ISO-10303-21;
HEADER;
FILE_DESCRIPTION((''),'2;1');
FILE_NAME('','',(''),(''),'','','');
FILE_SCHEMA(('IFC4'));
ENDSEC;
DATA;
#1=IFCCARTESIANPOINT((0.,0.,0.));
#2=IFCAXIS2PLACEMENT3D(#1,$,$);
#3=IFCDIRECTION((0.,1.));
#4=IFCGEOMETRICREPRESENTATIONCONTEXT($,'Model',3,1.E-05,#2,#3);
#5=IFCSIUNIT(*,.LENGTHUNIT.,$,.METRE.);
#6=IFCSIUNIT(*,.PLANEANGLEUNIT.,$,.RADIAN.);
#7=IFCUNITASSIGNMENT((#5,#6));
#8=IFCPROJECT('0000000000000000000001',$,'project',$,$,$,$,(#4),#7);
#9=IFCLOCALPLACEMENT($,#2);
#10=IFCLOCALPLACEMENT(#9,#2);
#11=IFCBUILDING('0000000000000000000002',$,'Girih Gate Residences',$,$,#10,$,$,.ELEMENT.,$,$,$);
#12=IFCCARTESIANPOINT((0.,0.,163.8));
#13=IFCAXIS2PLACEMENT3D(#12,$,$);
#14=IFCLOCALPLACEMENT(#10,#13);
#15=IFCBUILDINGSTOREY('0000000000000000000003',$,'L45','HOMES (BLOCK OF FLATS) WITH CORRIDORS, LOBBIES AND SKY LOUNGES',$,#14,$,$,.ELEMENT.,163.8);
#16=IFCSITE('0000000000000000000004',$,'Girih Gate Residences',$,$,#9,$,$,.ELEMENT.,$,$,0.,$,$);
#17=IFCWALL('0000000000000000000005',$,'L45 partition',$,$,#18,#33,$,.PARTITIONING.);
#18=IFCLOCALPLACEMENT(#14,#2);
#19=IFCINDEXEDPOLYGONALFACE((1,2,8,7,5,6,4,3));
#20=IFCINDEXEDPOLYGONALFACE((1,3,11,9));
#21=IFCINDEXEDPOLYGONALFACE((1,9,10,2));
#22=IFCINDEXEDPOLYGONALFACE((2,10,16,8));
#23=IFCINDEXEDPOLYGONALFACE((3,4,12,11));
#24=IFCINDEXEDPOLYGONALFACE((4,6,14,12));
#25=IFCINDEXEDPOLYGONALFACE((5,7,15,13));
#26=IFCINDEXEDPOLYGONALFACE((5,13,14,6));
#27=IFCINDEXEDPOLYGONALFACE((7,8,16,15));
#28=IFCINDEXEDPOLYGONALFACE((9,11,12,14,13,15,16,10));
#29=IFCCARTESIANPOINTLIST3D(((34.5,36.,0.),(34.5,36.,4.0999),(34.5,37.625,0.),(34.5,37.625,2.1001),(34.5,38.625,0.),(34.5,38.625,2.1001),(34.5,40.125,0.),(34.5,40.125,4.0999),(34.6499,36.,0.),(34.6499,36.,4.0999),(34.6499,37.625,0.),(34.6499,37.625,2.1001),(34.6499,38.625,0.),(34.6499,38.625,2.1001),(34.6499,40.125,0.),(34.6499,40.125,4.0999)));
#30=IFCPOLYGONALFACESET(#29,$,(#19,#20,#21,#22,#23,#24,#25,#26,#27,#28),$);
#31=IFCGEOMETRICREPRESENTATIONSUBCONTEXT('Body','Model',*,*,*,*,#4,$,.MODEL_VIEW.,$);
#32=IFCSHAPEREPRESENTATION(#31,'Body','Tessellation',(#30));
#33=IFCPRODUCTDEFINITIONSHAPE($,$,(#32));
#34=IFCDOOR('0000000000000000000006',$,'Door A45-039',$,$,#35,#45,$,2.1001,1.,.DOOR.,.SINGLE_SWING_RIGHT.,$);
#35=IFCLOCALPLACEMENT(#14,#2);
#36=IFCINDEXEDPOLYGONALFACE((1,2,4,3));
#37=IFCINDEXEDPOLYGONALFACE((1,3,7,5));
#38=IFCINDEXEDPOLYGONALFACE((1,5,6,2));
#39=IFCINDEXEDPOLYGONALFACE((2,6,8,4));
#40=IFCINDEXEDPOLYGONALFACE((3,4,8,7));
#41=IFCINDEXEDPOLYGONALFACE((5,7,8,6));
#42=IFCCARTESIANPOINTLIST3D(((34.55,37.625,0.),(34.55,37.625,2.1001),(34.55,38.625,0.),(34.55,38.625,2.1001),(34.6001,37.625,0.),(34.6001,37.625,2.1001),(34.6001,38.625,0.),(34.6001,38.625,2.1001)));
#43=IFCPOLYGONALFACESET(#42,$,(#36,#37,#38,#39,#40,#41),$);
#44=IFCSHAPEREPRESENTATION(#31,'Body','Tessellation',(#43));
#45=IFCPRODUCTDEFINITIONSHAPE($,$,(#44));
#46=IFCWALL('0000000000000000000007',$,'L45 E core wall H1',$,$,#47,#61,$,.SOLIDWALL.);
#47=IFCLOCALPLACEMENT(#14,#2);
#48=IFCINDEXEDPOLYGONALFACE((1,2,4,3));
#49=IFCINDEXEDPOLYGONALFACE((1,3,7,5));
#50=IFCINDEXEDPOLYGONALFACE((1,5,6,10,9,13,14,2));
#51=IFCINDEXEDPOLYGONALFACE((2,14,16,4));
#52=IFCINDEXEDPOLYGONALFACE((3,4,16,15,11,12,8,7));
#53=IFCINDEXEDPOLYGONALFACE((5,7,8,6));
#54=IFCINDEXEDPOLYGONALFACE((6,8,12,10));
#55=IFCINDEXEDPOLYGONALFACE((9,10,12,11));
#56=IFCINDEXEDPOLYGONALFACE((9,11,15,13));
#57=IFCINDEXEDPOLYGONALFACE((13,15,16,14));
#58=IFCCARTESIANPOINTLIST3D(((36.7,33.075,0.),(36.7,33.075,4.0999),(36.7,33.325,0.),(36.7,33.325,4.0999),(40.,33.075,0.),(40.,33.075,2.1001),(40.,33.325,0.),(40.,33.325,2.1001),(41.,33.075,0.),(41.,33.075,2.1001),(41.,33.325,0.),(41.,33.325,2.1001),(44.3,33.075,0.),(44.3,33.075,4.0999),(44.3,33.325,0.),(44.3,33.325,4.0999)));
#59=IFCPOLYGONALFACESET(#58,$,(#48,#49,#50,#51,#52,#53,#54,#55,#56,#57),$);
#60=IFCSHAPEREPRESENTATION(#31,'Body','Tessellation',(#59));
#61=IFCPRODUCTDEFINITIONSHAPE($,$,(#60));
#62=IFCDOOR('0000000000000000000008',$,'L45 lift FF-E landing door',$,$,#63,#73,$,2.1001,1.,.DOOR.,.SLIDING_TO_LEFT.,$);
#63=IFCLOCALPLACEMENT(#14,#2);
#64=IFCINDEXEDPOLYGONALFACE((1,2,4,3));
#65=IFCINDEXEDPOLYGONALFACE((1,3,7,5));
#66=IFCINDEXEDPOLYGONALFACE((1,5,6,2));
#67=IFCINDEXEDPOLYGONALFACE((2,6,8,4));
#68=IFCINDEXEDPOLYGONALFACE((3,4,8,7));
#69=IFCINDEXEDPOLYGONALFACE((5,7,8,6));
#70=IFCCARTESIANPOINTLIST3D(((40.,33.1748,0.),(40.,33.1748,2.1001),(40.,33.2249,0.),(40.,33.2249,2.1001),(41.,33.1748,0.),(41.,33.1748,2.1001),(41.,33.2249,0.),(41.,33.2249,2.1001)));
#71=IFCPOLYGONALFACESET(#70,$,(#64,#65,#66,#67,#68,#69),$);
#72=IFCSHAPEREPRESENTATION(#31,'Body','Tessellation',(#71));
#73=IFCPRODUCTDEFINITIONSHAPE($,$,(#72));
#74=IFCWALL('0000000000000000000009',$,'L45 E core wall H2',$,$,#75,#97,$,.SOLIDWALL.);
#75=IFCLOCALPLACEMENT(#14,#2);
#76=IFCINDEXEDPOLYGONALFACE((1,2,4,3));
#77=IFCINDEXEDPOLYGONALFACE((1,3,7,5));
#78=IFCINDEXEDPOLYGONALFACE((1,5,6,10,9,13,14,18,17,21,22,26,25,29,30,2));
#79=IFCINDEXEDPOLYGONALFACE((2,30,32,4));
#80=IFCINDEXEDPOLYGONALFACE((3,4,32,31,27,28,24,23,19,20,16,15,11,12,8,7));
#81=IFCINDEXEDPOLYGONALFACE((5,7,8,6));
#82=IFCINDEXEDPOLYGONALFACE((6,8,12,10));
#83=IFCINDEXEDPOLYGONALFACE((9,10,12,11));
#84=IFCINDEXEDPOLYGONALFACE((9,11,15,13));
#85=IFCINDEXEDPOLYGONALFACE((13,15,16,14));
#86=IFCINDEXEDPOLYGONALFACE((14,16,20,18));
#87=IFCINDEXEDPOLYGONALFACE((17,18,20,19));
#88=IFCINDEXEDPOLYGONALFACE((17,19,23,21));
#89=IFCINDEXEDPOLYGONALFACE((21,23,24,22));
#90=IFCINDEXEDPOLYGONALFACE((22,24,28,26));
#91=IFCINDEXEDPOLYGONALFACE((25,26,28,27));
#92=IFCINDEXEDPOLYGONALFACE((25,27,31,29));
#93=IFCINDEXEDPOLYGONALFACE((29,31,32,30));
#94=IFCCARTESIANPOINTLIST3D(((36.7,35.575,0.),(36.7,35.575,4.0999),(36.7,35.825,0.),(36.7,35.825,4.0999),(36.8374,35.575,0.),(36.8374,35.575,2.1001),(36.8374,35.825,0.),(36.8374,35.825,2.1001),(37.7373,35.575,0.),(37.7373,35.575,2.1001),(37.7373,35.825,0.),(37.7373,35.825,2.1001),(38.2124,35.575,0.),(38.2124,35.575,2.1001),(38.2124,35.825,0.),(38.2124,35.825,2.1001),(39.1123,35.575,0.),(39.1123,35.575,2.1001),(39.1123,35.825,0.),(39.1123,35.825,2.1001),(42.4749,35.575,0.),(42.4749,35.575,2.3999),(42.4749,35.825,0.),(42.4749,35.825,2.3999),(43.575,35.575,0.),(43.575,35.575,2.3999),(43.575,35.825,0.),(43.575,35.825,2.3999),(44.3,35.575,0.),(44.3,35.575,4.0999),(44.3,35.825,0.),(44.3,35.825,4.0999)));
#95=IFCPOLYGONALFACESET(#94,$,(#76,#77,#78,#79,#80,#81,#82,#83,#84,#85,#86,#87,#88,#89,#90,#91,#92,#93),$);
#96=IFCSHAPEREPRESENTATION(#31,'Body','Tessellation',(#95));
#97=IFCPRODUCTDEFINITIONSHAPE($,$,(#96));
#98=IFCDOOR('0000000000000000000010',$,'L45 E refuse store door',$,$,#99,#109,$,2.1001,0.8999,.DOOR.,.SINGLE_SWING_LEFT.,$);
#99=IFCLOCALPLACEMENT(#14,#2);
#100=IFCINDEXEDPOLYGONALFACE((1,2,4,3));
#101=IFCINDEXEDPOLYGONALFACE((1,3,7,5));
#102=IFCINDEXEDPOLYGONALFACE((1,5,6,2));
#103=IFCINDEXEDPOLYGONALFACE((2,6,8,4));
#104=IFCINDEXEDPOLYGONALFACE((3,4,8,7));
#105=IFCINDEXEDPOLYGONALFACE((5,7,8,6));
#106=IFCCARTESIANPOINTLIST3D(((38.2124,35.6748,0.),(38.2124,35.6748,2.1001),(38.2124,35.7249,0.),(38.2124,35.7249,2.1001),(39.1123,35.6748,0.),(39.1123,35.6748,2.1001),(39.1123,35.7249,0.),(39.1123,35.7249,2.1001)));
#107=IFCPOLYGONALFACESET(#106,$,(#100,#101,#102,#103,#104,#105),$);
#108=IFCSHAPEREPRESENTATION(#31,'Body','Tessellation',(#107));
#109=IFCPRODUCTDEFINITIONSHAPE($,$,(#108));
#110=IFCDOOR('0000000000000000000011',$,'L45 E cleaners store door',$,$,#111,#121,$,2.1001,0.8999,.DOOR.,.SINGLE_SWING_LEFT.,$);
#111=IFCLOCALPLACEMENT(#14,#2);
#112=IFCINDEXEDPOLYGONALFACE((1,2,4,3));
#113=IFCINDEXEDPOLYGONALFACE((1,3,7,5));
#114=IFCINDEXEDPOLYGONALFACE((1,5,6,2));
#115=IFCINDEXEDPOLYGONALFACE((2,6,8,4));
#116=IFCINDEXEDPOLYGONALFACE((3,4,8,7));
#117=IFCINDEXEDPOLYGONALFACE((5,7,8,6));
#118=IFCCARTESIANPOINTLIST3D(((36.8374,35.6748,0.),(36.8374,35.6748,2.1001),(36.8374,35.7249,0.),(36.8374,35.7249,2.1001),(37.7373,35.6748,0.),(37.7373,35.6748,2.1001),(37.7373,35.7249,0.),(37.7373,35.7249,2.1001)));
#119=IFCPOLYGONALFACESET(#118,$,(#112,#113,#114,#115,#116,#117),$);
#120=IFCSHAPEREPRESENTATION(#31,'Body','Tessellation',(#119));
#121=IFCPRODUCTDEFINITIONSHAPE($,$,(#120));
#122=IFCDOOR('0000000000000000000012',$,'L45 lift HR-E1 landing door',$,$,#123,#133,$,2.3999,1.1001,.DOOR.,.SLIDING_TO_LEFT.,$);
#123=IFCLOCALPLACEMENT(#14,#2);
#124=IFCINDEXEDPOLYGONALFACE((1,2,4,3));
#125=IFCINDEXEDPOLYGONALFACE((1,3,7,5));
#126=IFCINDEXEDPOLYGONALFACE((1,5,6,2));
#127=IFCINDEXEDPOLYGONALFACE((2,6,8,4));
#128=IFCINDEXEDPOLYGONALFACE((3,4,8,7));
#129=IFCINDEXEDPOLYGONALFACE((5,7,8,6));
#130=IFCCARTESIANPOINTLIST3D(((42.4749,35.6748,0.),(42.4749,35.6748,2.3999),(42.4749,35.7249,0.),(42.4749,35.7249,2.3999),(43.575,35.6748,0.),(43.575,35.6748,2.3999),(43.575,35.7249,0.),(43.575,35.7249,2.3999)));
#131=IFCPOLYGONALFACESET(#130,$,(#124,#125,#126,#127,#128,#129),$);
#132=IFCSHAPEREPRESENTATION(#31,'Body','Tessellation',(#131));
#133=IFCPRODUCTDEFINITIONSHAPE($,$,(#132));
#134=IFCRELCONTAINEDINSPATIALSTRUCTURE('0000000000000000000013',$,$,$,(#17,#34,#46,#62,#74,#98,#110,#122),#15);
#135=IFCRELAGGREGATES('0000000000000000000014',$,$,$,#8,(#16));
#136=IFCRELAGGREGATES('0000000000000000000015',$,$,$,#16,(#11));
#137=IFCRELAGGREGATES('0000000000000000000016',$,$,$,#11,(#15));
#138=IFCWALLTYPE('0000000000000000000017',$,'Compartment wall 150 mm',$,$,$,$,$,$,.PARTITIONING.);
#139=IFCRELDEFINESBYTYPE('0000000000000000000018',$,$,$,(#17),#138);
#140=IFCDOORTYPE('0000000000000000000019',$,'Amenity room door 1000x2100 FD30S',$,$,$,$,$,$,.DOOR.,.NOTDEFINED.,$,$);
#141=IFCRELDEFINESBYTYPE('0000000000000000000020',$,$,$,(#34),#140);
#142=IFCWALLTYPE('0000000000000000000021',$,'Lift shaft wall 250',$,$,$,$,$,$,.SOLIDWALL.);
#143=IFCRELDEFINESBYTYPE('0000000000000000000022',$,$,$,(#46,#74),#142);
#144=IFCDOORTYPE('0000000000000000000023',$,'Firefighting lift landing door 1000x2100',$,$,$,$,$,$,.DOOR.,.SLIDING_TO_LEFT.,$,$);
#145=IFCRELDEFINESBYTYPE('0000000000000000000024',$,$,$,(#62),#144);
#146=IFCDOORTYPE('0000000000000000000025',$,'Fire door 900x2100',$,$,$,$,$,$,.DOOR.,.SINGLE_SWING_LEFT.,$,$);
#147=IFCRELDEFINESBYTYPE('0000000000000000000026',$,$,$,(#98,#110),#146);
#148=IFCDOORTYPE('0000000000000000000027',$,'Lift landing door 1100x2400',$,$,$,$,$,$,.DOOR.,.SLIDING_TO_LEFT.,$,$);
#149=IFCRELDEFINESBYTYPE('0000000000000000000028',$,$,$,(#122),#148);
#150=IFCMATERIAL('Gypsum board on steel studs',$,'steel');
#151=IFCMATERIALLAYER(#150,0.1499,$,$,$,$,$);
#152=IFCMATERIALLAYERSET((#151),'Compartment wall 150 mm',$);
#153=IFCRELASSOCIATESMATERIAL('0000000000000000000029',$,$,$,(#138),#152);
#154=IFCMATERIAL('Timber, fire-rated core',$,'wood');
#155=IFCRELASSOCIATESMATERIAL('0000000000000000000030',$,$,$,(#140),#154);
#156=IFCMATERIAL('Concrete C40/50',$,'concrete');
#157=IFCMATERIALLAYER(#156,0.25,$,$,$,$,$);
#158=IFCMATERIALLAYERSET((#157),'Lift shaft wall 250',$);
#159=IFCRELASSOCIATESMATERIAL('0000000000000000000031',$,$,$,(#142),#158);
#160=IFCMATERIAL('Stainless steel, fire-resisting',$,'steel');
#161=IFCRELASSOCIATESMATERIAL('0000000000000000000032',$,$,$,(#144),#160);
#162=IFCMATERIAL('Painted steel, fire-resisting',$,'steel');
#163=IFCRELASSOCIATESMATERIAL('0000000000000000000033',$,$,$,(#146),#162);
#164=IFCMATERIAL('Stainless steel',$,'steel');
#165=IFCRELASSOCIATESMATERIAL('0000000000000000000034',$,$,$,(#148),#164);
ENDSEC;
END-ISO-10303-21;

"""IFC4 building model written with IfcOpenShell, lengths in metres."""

from ifc_helpers import new_model, si_unit, direction, frame, frame_2d, origin, place, context, subcontext, project, spatial, rectangle, extrude, material, layer, layer_set, type_object, element, fill, save


model = new_model("IFC4")

# Units and contexts
model_context = context("Model", 3, precision=1e-05, world=origin(), true_north=direction((0.0, 1.0)))
body_context = subcontext(model_context, "Body", "Model", "MODEL_VIEW")
ifc_project = project(units=[si_unit("LENGTHUNIT", "METRE"), si_unit("PLANEANGLEUNIT", "RADIAN")], contexts=[model_context])

# Site, building, storey
site_placement = place(None, origin())
site = spatial("IfcSite", under=ifc_project, at=site_placement, Name="Girih Gate Residences", CompositionType="ELEMENT", RefElevation=0.0)
building_placement = place(site_placement, origin())
building = spatial("IfcBuilding", under=site, at=building_placement, Name="Girih Gate Residences", CompositionType="ELEMENT")
storey_placement = place(building_placement, frame((0.0, 0.0, 163.8)))
storey = spatial("IfcBuildingStorey", under=building, at=storey_placement, Name="L45", Description="HOMES (BLOCK OF FLATS) WITH CORRIDORS, LOBBIES AND SKY LOUNGES", CompositionType="ELEMENT", Elevation=163.8)

# Walls, openings, doors
ifc_material_1 = material(Name="Gypsum board on steel studs", Category="steel")
ifc_layer_1 = layer(ifc_material_1, 0.1499)
ifc_layer_set_1 = layer_set([ifc_layer_1], Name="Compartment wall 150 mm")
wall_type_1 = type_object("IfcWallType", Name="Compartment wall 150 mm", PredefinedType="PARTITIONING", material=ifc_layer_set_1)
wall_1_placement = place(storey_placement, frame((34.575, 36.0, 0.0), z_axis=(0.0, 0.0, 1.0), x_axis=(0.0, 1.0, 0.0)))
wall_1 = element("IfcWall", 1, at=wall_1_placement, inside=storey, type_object=wall_type_1, Name="L45 partition", PredefinedType="PARTITIONING", context=body_context, shape_type="SweptSolid", body=[
    extrude(rectangle(XDim=4.125, YDim=0.1499, at=frame_2d((2.0625, 0.0))), origin(), (0.0, 0.0, 1.0), 4.0999),
])
opening_1_placement = place(wall_1_placement, frame((1.625, 0.0, 0.0)))
opening_1 = element("IfcOpeningElement", 2, at=opening_1_placement, cuts=wall_1, PredefinedType="OPENING", context=body_context, shape_type="SweptSolid", body=[
    extrude(rectangle(XDim=1.0, YDim=2.1001, at=frame_2d((0.5, 1.05))), frame((0.0, 0.085, 0.0), z_axis=(0.0, -1.0, 0.0), x_axis=(1.0, 0.0, 0.0)), (0.0, 0.0, 1.0), 0.1699),
])
ifc_material_2 = material(Name="Timber, fire-rated core", Category="wood")
door_type_1 = type_object("IfcDoorType", Name="Amenity room door 1000x2100 FD30S", OperationType="NOTDEFINED", PredefinedType="DOOR", material=ifc_material_2)
door_1_placement = place(opening_1_placement, origin())
door_1 = element("IfcDoor", 3, at=door_1_placement, inside=storey, type_object=door_type_1, Name="Door A45-039", OperationType="SINGLE_SWING_RIGHT", OverallHeight=2.1001, OverallWidth=1.0, PredefinedType="DOOR", context=body_context, shape_type="SweptSolid", body=[
    extrude(rectangle(XDim=1.0, YDim=2.1001, at=frame_2d((0.5, 1.05))), frame((0.0, 0.0249, 0.0), z_axis=(0.0, -1.0, 0.0), x_axis=(1.0, 0.0, 0.0)), (0.0, 0.0, 1.0), 0.05),
])
fill(opening_1, door_1)
ifc_material_3 = material(Name="Concrete C40/50", Category="concrete")
ifc_layer_2 = layer(ifc_material_3, 0.25)
ifc_layer_set_2 = layer_set([ifc_layer_2], Name="Lift shaft wall 250")
wall_type_2 = type_object("IfcWallType", Name="Lift shaft wall 250", PredefinedType="SOLIDWALL", material=ifc_layer_set_2)
wall_2_placement = place(storey_placement, frame((36.7, 33.2, 0.0), z_axis=(0.0, 0.0, 1.0), x_axis=(1.0, 0.0, 0.0)))
wall_2 = element("IfcWall", 4, at=wall_2_placement, inside=storey, type_object=wall_type_2, Name="L45 E core wall H1", PredefinedType="SOLIDWALL", context=body_context, shape_type="SweptSolid", body=[
    extrude(rectangle(XDim=7.6001, YDim=0.25, at=frame_2d((3.8, 0.0))), origin(), (0.0, 0.0, 1.0), 4.0999),
])
opening_2_placement = place(wall_2_placement, frame((3.3, 0.0, 0.0)))
opening_2 = element("IfcOpeningElement", 5, at=opening_2_placement, cuts=wall_2, PredefinedType="OPENING", context=body_context, shape_type="SweptSolid", body=[
    extrude(rectangle(XDim=1.0, YDim=2.1001, at=frame_2d((0.5, 1.05))), frame((0.0, 0.135, 0.0), z_axis=(0.0, -1.0, 0.0), x_axis=(1.0, 0.0, 0.0)), (0.0, 0.0, 1.0), 0.27),
])
ifc_material_4 = material(Name="Stainless steel, fire-resisting", Category="steel")
door_type_2 = type_object("IfcDoorType", Name="Firefighting lift landing door 1000x2100", OperationType="SLIDING_TO_LEFT", PredefinedType="DOOR", material=ifc_material_4)
door_2_placement = place(opening_2_placement, origin())
door_2 = element("IfcDoor", 6, at=door_2_placement, inside=storey, type_object=door_type_2, Name="L45 lift FF-E landing door", OperationType="SLIDING_TO_LEFT", OverallHeight=2.1001, OverallWidth=1.0, PredefinedType="DOOR", context=body_context, shape_type="SweptSolid", body=[
    extrude(rectangle(XDim=1.0, YDim=2.1001, at=frame_2d((0.5, 1.05))), frame((0.0, 0.0249, 0.0), z_axis=(0.0, -1.0, 0.0), x_axis=(1.0, 0.0, 0.0)), (0.0, 0.0, 1.0), 0.05),
])
fill(opening_2, door_2)

# Wall, openings, doors
wall_3_placement = place(storey_placement, frame((36.7, 35.7, 0.0), z_axis=(0.0, 0.0, 1.0), x_axis=(1.0, 0.0, 0.0)))
wall_3 = element("IfcWall", 7, at=wall_3_placement, inside=storey, type_object=wall_type_2, Name="L45 E core wall H2", PredefinedType="SOLIDWALL", context=body_context, shape_type="SweptSolid", body=[
    extrude(rectangle(XDim=7.6001, YDim=0.25, at=frame_2d((3.8, 0.0))), origin(), (0.0, 0.0, 1.0), 4.0999),
])
opening_3_placement = place(wall_3_placement, frame((5.7749, 0.0, 0.0)))
opening_3 = element("IfcOpeningElement", 8, at=opening_3_placement, cuts=wall_3, PredefinedType="OPENING", context=body_context, shape_type="SweptSolid", body=[
    extrude(rectangle(XDim=1.1001, YDim=2.3999, at=frame_2d((0.55, 1.2))), frame((0.0, 0.135, 0.0), z_axis=(0.0, -1.0, 0.0), x_axis=(1.0, 0.0, 0.0)), (0.0, 0.0, 1.0), 0.27),
])
opening_4_placement = place(wall_3_placement, frame((1.5125, 0.0, 0.0)))
opening_4 = element("IfcOpeningElement", 9, at=opening_4_placement, cuts=wall_3, PredefinedType="OPENING", context=body_context, shape_type="SweptSolid", body=[
    extrude(rectangle(XDim=0.8999, YDim=2.1001, at=frame_2d((0.45, 1.05))), frame((0.0, 0.135, 0.0), z_axis=(0.0, -1.0, 0.0), x_axis=(1.0, 0.0, 0.0)), (0.0, 0.0, 1.0), 0.27),
])
opening_5_placement = place(wall_3_placement, frame((0.1375, 0.0, 0.0)))
opening_5 = element("IfcOpeningElement", 10, at=opening_5_placement, cuts=wall_3, PredefinedType="OPENING", context=body_context, shape_type="SweptSolid", body=[
    extrude(rectangle(XDim=0.8999, YDim=2.1001, at=frame_2d((0.45, 1.05))), frame((0.0, 0.135, 0.0), z_axis=(0.0, -1.0, 0.0), x_axis=(1.0, 0.0, 0.0)), (0.0, 0.0, 1.0), 0.27),
])
ifc_material_5 = material(Name="Painted steel, fire-resisting", Category="steel")
door_type_3 = type_object("IfcDoorType", Name="Fire door 900x2100", OperationType="SINGLE_SWING_LEFT", PredefinedType="DOOR", material=ifc_material_5)
door_3_placement = place(opening_4_placement, origin())
door_3 = element("IfcDoor", 11, at=door_3_placement, inside=storey, type_object=door_type_3, Name="L45 E refuse store door", OperationType="SINGLE_SWING_LEFT", OverallHeight=2.1001, OverallWidth=0.8999, PredefinedType="DOOR", context=body_context, shape_type="SweptSolid", body=[
    extrude(rectangle(XDim=0.8999, YDim=2.1001, at=frame_2d((0.45, 1.05))), frame((0.0, 0.0249, 0.0), z_axis=(0.0, -1.0, 0.0), x_axis=(1.0, 0.0, 0.0)), (0.0, 0.0, 1.0), 0.05),
])
fill(opening_4, door_3)
door_4_placement = place(opening_5_placement, origin())
door_4 = element("IfcDoor", 12, at=door_4_placement, inside=storey, type_object=door_type_3, Name="L45 E cleaners store door", OperationType="SINGLE_SWING_LEFT", OverallHeight=2.1001, OverallWidth=0.8999, PredefinedType="DOOR", context=body_context, shape_type="SweptSolid", body=[
    extrude(rectangle(XDim=0.8999, YDim=2.1001, at=frame_2d((0.45, 1.05))), frame((0.0, 0.0249, 0.0), z_axis=(0.0, -1.0, 0.0), x_axis=(1.0, 0.0, 0.0)), (0.0, 0.0, 1.0), 0.05),
])
fill(opening_5, door_4)
ifc_material_6 = material(Name="Stainless steel", Category="steel")
door_type_4 = type_object("IfcDoorType", Name="Lift landing door 1100x2400", OperationType="SLIDING_TO_LEFT", PredefinedType="DOOR", material=ifc_material_6)
door_5_placement = place(opening_3_placement, origin())
door_5 = element("IfcDoor", 13, at=door_5_placement, inside=storey, type_object=door_type_4, Name="L45 lift HR-E1 landing door", OperationType="SLIDING_TO_LEFT", OverallHeight=2.3999, OverallWidth=1.1001, PredefinedType="DOOR", context=body_context, shape_type="SweptSolid", body=[
    extrude(rectangle(XDim=1.1001, YDim=2.3999, at=frame_2d((0.55, 1.2))), frame((0.0, 0.0249, 0.0), z_axis=(0.0, -1.0, 0.0), x_axis=(1.0, 0.0, 0.0)), (0.0, 0.0, 1.0), 0.05),
])
fill(opening_3, door_5)

save(model, "model.ifc")
